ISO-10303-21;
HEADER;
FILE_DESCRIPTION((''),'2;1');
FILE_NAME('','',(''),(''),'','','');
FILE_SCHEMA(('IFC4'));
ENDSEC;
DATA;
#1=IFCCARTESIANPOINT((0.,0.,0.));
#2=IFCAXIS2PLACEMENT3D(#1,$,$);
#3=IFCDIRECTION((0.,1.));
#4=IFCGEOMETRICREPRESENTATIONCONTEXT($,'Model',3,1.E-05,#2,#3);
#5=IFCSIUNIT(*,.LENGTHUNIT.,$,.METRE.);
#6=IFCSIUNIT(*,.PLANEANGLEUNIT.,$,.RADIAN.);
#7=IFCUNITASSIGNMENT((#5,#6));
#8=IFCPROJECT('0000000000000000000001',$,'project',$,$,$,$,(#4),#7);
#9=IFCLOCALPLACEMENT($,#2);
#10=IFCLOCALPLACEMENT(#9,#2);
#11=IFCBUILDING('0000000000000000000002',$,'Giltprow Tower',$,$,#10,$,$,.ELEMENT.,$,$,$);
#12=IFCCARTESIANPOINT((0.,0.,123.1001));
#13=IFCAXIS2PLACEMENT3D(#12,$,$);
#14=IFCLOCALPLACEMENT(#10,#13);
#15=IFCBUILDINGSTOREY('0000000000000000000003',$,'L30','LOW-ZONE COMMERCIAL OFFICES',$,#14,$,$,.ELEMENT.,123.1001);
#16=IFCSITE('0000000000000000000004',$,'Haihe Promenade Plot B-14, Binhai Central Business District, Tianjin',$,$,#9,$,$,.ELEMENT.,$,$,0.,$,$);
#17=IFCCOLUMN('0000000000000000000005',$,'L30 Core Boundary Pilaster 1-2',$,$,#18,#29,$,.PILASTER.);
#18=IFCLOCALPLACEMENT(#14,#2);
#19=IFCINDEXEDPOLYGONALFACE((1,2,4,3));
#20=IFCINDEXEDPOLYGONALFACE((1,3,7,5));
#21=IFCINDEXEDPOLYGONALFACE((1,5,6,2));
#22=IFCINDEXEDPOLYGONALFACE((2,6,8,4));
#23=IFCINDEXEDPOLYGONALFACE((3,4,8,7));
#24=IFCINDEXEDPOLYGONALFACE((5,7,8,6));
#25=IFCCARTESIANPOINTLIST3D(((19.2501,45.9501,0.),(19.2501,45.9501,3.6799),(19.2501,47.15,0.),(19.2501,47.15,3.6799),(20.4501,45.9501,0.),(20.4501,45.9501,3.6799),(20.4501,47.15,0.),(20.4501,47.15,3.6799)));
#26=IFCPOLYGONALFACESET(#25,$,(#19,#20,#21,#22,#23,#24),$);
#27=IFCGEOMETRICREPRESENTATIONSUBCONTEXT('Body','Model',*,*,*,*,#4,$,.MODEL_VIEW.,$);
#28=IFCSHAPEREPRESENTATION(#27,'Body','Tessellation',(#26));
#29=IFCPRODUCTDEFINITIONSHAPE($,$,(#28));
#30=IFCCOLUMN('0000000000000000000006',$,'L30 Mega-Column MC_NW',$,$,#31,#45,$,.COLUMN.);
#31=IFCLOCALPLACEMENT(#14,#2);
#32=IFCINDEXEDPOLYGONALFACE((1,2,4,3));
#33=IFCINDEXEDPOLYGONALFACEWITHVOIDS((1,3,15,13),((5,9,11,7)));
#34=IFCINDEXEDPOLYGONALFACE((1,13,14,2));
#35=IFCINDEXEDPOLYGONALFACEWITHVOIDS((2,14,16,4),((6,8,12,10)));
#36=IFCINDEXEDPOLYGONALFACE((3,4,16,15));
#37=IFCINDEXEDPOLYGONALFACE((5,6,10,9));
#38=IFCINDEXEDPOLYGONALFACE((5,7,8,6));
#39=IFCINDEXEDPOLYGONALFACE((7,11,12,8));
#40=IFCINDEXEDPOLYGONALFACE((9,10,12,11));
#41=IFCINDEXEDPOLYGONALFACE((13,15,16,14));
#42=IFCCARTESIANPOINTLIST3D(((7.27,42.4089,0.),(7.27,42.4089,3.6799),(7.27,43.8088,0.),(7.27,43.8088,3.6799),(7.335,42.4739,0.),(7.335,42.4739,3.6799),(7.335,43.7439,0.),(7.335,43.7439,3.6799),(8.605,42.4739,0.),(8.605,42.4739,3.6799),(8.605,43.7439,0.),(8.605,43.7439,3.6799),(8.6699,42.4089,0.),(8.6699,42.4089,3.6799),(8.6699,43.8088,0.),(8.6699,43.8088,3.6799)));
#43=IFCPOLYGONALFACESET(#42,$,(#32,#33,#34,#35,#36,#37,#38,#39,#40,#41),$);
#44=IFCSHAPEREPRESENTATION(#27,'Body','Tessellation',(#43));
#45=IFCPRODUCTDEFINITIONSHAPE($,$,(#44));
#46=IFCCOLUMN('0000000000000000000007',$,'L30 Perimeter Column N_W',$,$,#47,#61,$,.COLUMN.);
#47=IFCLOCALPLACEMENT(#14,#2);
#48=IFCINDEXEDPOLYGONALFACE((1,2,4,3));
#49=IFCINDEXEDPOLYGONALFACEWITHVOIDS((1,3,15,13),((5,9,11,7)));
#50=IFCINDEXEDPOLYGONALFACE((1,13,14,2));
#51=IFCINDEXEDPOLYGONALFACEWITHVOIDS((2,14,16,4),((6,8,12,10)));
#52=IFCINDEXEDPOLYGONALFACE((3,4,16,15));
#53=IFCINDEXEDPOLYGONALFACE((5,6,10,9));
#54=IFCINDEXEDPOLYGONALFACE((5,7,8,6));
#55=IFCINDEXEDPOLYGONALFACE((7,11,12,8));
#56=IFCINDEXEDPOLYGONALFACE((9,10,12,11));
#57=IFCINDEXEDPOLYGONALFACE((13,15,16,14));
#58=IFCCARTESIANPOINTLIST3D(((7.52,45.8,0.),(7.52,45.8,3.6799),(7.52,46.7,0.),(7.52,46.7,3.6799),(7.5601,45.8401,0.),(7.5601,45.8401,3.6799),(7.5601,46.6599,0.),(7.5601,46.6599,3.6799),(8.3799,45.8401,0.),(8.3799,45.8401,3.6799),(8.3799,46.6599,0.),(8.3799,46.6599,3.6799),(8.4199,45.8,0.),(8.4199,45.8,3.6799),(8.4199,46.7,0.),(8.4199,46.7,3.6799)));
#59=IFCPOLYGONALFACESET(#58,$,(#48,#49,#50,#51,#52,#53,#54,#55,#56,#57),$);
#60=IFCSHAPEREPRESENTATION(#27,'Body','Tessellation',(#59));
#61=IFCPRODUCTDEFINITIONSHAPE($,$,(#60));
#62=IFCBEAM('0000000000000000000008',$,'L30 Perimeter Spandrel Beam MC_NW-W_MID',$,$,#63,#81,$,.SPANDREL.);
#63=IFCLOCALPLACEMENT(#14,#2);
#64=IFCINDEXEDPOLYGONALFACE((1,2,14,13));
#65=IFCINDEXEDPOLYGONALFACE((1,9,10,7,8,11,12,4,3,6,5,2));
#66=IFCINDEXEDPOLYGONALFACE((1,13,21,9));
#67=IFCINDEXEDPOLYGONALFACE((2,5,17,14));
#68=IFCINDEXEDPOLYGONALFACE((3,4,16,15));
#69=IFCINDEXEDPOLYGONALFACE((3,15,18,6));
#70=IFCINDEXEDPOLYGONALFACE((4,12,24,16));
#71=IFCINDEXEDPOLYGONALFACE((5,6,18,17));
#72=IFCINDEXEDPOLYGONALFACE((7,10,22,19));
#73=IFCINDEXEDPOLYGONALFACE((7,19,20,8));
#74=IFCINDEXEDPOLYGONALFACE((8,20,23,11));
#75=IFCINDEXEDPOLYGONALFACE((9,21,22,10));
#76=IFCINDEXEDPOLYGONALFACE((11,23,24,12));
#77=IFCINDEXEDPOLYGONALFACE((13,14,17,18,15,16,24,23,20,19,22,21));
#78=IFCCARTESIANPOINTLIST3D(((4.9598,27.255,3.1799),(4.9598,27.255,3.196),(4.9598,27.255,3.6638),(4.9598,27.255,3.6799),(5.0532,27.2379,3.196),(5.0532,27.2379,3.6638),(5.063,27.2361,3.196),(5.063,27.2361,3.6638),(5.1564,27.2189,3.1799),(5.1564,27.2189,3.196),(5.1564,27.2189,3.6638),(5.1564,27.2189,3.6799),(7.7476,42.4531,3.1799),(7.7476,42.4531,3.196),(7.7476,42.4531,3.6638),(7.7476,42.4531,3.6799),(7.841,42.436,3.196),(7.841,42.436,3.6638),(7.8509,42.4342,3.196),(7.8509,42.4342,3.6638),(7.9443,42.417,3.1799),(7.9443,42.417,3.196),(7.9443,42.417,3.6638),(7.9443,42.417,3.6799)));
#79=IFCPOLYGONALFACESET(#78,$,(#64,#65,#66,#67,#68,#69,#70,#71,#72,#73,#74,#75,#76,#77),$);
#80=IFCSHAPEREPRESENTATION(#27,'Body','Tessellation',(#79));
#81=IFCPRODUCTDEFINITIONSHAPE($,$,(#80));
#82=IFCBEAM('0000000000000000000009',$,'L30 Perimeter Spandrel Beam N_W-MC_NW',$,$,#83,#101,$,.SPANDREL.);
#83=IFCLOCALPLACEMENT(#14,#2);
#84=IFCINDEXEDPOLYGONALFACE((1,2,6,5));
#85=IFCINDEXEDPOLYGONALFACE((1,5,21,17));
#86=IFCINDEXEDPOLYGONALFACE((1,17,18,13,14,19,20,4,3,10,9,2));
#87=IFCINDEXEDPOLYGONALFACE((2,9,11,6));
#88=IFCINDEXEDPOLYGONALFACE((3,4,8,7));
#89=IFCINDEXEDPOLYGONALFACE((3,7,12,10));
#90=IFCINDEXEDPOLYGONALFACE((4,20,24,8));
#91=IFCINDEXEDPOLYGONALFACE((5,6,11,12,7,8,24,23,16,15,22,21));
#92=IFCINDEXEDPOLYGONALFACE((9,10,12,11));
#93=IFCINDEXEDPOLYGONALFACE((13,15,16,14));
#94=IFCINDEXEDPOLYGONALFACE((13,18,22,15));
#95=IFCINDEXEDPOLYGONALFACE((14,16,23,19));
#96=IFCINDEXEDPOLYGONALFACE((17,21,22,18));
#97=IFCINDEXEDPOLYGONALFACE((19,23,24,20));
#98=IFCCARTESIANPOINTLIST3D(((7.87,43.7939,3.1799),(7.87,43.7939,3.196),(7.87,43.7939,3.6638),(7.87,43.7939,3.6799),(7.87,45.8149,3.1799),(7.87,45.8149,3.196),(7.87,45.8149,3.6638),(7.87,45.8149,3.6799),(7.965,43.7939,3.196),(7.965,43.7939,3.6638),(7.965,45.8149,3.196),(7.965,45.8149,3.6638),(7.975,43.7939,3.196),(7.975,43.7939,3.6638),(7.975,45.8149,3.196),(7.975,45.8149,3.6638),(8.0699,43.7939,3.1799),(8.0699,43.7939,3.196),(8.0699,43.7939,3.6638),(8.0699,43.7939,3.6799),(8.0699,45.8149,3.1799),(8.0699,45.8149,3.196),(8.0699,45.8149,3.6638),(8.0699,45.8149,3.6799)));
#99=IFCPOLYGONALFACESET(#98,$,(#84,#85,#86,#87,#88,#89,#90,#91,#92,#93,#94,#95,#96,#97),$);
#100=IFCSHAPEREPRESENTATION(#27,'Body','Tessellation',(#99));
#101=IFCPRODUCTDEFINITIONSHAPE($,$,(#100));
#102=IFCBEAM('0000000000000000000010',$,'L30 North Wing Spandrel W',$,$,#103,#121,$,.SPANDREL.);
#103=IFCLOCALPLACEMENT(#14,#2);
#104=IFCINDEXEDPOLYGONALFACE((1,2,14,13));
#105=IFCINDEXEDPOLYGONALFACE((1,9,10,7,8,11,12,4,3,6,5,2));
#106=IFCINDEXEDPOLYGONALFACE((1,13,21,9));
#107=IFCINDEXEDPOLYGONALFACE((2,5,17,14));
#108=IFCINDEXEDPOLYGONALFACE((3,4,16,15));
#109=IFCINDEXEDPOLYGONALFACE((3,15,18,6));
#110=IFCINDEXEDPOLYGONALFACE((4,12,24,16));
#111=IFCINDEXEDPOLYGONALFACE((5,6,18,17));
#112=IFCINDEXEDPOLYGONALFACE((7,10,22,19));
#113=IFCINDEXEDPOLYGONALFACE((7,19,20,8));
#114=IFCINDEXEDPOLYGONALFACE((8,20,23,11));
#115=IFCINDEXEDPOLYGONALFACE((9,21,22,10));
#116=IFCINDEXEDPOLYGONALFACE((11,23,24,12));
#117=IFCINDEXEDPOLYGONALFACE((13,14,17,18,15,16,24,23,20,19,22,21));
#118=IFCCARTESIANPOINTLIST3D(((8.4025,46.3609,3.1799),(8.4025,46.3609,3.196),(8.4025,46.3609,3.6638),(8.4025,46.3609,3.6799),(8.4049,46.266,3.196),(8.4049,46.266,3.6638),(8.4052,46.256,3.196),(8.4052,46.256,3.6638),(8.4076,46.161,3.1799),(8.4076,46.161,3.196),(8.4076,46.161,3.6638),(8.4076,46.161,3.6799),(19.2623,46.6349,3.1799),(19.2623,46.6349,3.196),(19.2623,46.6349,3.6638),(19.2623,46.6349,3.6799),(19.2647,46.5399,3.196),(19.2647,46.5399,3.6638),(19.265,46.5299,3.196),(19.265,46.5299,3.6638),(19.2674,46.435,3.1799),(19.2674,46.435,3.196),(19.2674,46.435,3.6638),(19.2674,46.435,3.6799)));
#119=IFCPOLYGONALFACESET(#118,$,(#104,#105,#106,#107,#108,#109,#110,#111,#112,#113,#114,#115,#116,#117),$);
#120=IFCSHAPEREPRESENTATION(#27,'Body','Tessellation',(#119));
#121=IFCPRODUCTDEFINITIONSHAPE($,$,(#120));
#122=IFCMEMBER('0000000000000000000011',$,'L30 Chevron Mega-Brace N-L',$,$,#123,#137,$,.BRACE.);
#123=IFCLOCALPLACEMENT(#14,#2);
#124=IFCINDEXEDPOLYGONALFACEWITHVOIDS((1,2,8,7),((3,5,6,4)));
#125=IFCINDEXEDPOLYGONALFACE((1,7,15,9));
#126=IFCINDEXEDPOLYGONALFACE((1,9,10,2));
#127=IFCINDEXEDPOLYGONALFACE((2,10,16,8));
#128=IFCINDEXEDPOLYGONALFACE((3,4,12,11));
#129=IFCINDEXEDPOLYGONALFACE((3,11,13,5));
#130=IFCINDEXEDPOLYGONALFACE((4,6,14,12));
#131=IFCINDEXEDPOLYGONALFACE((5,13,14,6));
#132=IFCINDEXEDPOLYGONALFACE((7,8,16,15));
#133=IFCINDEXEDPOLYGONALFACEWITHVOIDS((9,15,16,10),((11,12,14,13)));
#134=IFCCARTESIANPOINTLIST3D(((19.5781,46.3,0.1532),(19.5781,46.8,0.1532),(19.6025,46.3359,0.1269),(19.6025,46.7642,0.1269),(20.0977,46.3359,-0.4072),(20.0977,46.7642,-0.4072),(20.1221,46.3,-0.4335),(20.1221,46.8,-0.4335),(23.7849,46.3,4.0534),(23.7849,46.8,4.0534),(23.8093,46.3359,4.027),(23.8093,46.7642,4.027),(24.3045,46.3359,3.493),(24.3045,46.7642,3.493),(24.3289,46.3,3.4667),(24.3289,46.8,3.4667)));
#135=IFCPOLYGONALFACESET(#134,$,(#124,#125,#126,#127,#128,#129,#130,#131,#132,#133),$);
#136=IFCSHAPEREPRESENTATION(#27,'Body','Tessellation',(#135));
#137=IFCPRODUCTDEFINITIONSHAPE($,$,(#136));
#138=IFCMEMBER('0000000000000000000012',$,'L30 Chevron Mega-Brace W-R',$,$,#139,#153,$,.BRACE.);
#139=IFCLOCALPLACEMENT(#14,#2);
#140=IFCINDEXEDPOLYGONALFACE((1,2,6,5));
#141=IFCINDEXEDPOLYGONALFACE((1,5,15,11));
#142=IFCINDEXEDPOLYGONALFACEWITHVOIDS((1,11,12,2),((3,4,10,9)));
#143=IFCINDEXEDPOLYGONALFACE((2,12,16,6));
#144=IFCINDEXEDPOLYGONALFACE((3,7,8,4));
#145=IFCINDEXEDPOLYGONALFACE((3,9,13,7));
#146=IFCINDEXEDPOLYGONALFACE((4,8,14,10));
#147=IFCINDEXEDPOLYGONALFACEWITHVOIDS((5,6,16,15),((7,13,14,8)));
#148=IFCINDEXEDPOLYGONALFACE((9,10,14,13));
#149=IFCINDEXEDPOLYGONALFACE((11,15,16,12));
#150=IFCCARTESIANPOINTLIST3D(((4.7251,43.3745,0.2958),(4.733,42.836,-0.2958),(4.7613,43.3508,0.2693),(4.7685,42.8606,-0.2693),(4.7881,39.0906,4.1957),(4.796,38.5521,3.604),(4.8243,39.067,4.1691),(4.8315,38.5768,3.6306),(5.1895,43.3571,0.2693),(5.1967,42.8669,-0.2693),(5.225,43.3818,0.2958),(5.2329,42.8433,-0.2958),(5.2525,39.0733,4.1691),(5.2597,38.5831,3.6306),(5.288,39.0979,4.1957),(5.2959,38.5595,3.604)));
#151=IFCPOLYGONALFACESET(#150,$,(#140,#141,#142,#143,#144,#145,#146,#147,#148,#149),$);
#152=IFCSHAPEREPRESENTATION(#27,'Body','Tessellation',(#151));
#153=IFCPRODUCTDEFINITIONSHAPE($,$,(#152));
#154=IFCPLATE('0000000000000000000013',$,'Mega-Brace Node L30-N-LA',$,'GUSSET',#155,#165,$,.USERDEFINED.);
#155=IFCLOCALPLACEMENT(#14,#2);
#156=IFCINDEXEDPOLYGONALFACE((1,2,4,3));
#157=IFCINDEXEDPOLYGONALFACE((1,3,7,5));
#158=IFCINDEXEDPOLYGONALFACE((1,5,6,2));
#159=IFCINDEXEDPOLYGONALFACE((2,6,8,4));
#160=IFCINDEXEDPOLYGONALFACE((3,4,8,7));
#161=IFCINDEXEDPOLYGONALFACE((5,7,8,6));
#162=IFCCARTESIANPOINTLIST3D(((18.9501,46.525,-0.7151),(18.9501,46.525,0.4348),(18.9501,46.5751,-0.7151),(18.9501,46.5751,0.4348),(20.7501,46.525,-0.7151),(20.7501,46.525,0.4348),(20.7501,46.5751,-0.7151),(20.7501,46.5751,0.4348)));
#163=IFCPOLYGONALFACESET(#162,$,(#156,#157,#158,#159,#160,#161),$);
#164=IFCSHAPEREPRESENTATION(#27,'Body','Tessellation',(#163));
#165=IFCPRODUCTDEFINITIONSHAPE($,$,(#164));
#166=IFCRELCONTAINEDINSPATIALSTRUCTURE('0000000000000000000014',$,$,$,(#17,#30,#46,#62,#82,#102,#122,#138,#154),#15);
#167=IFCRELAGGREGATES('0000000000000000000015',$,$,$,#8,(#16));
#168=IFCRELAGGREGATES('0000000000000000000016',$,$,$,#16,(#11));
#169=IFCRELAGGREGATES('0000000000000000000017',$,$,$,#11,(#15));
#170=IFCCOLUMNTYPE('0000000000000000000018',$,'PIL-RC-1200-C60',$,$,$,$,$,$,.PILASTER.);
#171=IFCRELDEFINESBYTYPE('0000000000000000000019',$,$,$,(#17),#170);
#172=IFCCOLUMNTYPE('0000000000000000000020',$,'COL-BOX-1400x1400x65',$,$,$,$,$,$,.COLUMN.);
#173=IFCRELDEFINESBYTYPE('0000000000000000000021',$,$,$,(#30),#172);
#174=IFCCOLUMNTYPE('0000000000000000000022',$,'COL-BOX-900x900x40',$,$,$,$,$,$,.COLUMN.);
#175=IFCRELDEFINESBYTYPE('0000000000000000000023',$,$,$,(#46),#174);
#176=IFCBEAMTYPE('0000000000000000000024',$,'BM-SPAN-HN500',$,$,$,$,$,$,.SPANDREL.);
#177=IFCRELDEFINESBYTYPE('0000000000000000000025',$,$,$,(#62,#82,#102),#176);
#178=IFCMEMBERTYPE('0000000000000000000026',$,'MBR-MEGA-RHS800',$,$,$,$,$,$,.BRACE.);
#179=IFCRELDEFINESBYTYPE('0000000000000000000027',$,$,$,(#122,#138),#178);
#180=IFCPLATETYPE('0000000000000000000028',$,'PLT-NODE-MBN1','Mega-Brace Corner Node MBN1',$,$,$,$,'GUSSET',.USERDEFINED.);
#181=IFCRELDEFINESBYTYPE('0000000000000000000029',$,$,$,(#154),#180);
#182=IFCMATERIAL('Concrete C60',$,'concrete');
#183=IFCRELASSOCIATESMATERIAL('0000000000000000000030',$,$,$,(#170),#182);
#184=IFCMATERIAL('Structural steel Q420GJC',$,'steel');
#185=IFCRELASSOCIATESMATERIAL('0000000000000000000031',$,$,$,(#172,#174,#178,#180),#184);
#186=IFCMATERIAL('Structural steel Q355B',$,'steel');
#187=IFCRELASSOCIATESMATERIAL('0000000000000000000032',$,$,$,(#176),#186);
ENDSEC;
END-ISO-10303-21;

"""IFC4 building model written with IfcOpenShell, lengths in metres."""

from ifc_helpers import new_model, si_unit, direction, frame, origin, origin_2d, place, context, subcontext, project, spatial, rectangle, hollow_rectangle, i_section, extrude, source, transform, mapped, material, material_profile, profile_set, type_object, element, save


model = new_model("IFC4")

# Units and contexts
model_context = context("Model", 3, precision=1e-05, world=origin(), true_north=direction((0.0, 1.0)))
body_context = subcontext(model_context, "Body", "Model", "MODEL_VIEW")
ifc_project = project(units=[si_unit("LENGTHUNIT", "METRE"), si_unit("PLANEANGLEUNIT", "RADIAN")], contexts=[model_context])

# Site, building, storey
site_placement = place(None, origin())
site = spatial("IfcSite", under=ifc_project, at=site_placement, Name="Haihe Promenade Plot B-14, Binhai Central Business District, Tianjin", CompositionType="ELEMENT", RefElevation=0.0)
building_placement = place(site_placement, origin())
building = spatial("IfcBuilding", under=site, at=building_placement, Name="Giltprow Tower", CompositionType="ELEMENT")
storey_placement = place(building_placement, frame((0.0, 0.0, 123.1001)))
storey = spatial("IfcBuildingStorey", under=building, at=storey_placement, Name="L30", Description="LOW-ZONE COMMERCIAL OFFICES", CompositionType="ELEMENT", Elevation=123.1001)

# Columns
ifc_material_1 = material(Name="Concrete C60", Category="concrete")
ifc_material_profile_1 = material_profile(ifc_material_1, rectangle(XDim=1.2, YDim=1.2, at=origin_2d()), Name="RC 1200x1200")
ifc_profile_set_1 = profile_set([ifc_material_profile_1], Name="Concrete C60")
column_type_1 = type_object("IfcColumnType", Name="PIL-RC-1200-C60", PredefinedType="PILASTER", material=ifc_profile_set_1)
shared_shape_1 = source(origin(), body_context, "Body", "SweptSolid", [
    extrude(rectangle(XDim=1.2, YDim=1.2, at=origin_2d()), origin(), (0.0, 0.0, 1.0), 3.6799),
])
column_1_placement = place(storey_placement, frame((19.8501, 46.55, 0.0), z_axis=(0.0, 0.0, 1.0), x_axis=(1.0, 0.0, 0.0)))
element("IfcColumn", 1, at=column_1_placement, inside=storey, type_object=column_type_1, Name="L30 Core Boundary Pilaster 1-2", PredefinedType="PILASTER", context=body_context, shape_type="MappedRepresentation", body=[
    mapped(shared_shape_1, transform((0.0, 0.0, 0.0), x_axis=(1.0, 0.0, 0.0), y_axis=(0.0, 1.0, 0.0), z_axis=(0.0, 0.0, 1.0), scale=1.0)),
])
ifc_material_2 = material(Name="Structural steel Q420GJC", Category="steel")
ifc_material_profile_2 = material_profile(ifc_material_2, hollow_rectangle(XDim=1.3999, YDim=1.3999, WallThickness=0.0649, at=origin_2d()), Name="BOX 1400x1400x65")
ifc_profile_set_2 = profile_set([ifc_material_profile_2], Name="Structural steel Q420GJC")
column_type_2 = type_object("IfcColumnType", Name="COL-BOX-1400x1400x65", PredefinedType="COLUMN", material=ifc_profile_set_2)
shared_shape_2 = source(origin(), body_context, "Body", "SweptSolid", [
    extrude(hollow_rectangle(XDim=1.3999, YDim=1.3999, WallThickness=0.0649, at=origin_2d()), origin(), (0.0, 0.0, 1.0), 3.6799),
])
column_2_placement = place(storey_placement, frame((7.97, 43.1089, 0.0), z_axis=(0.0, 0.0, 1.0), x_axis=(1.0, 0.0, 0.0)))
element("IfcColumn", 2, at=column_2_placement, inside=storey, type_object=column_type_2, Name="L30 Mega-Column MC_NW", PredefinedType="COLUMN", context=body_context, shape_type="MappedRepresentation", body=[
    mapped(shared_shape_2, transform((0.0, 0.0, 0.0), x_axis=(1.0, 0.0, 0.0), y_axis=(0.0, 1.0, 0.0), z_axis=(0.0, 0.0, 1.0), scale=1.0)),
])
ifc_material_profile_3 = material_profile(ifc_material_2, hollow_rectangle(XDim=0.8999, YDim=0.8999, WallThickness=0.04, at=origin_2d()), Name="BOX 900x900x40")
ifc_profile_set_3 = profile_set([ifc_material_profile_3], Name="Structural steel Q420GJC")
column_type_3 = type_object("IfcColumnType", Name="COL-BOX-900x900x40", PredefinedType="COLUMN", material=ifc_profile_set_3)
shared_shape_3 = source(origin(), body_context, "Body", "SweptSolid", [
    extrude(hollow_rectangle(XDim=0.8999, YDim=0.8999, WallThickness=0.04, at=origin_2d()), origin(), (0.0, 0.0, 1.0), 3.6799),
])
column_3_placement = place(storey_placement, frame((7.97, 46.25, 0.0), z_axis=(0.0, 0.0, 1.0), x_axis=(1.0, 0.0, 0.0)))
element("IfcColumn", 3, at=column_3_placement, inside=storey, type_object=column_type_3, Name="L30 Perimeter Column N_W", PredefinedType="COLUMN", context=body_context, shape_type="MappedRepresentation", body=[
    mapped(shared_shape_3, transform((0.0, 0.0, 0.0), x_axis=(1.0, 0.0, 0.0), y_axis=(0.0, 1.0, 0.0), z_axis=(0.0, 0.0, 1.0), scale=1.0)),
])

# Beams
ifc_material_3 = material(Name="Structural steel Q355B", Category="steel")
ifc_material_profile_4 = material_profile(ifc_material_3, i_section(OverallWidth=0.2, OverallDepth=0.5, WebThickness=0.01, FlangeThickness=0.0161, at=origin_2d()), Name="HN 500x200x10x16")
ifc_profile_set_4 = profile_set([ifc_material_profile_4], Name="Structural steel Q355B")
beam_type = type_object("IfcBeamType", Name="BM-SPAN-HN500", PredefinedType="SPANDREL", material=ifc_profile_set_4)
shared_shape_4 = source(origin(), body_context, "Body", "SweptSolid", [
    extrude(i_section(OverallWidth=0.2, OverallDepth=0.5, WebThickness=0.01, FlangeThickness=0.0161, at=origin_2d()), origin(), (0.0, 0.0, 1.0), 15.4517),
])
beam_1_placement = place(storey_placement, frame((7.8459, 42.4351, 3.4299), z_axis=(-0.180424, -0.983589, 0.0), x_axis=(0.983589, -0.180424, 0.0)))
element("IfcBeam", 4, at=beam_1_placement, inside=storey, type_object=beam_type, Name="L30 Perimeter Spandrel Beam MC_NW-W_MID", PredefinedType="SPANDREL", context=body_context, shape_type="MappedRepresentation", body=[
    mapped(shared_shape_4, transform((0.0, 0.0, 0.0), x_axis=(1.0, 0.0, 0.0), y_axis=(0.0, 1.0, 0.0), z_axis=(0.0, 0.0, 1.0), scale=1.0)),
])
shared_shape_5 = source(origin(), body_context, "Body", "SweptSolid", [
    extrude(i_section(OverallWidth=0.2, OverallDepth=0.5, WebThickness=0.01, FlangeThickness=0.0161, at=origin_2d()), origin(), (0.0, 0.0, 1.0), 2.021),
])
beam_2_placement = place(storey_placement, frame((7.97, 45.8149, 3.4299), z_axis=(0.0, -1.0, 0.0), x_axis=(1.0, 0.0, 0.0)))
element("IfcBeam", 5, at=beam_2_placement, inside=storey, type_object=beam_type, Name="L30 Perimeter Spandrel Beam N_W-MC_NW", PredefinedType="SPANDREL", context=body_context, shape_type="MappedRepresentation", body=[
    mapped(shared_shape_5, transform((0.0, 0.0, 0.0), x_axis=(1.0, 0.0, 0.0), y_axis=(0.0, 1.0, 0.0), z_axis=(0.0, 0.0, 1.0), scale=1.0)),
])
shared_shape_6 = source(origin(), body_context, "Body", "SweptSolid", [
    extrude(i_section(OverallWidth=0.2, OverallDepth=0.5, WebThickness=0.01, FlangeThickness=0.0161, at=origin_2d()), origin(), (0.0, 0.0, 1.0), 10.8633),
])
beam_3_placement = place(storey_placement, frame((8.405, 46.261, 3.4299), z_axis=(0.999682, 0.025216, 0.0), x_axis=(-0.025216, 0.999682, 0.0)))
element("IfcBeam", 6, at=beam_3_placement, inside=storey, type_object=beam_type, Name="L30 North Wing Spandrel W", PredefinedType="SPANDREL", context=body_context, shape_type="MappedRepresentation", body=[
    mapped(shared_shape_6, transform((0.0, 0.0, 0.0), x_axis=(1.0, 0.0, 0.0), y_axis=(0.0, 1.0, 0.0), z_axis=(0.0, 0.0, 1.0), scale=1.0)),
])

# Members
ifc_material_profile_5 = material_profile(ifc_material_2, hollow_rectangle(XDim=0.5, YDim=0.8, WallThickness=0.0359, at=origin_2d()), Name="RHS 800x500x36")
ifc_profile_set_5 = profile_set([ifc_material_profile_5], Name="Structural steel Q420GJC")
member_type = type_object("IfcMemberType", Name="MBR-MEGA-RHS800", PredefinedType="BRACE", material=ifc_profile_set_5)
shared_shape_7 = source(origin(), body_context, "Body", "SweptSolid", [
    extrude(hollow_rectangle(XDim=0.5, YDim=0.8, WallThickness=0.0359, at=origin_2d()), origin(), (0.0, 0.0, 1.0), 5.7366),
])
member_1_placement = place(storey_placement, frame((19.8501, 46.55, -0.1401), z_axis=(0.733328, 0.0, 0.679875), x_axis=(0.0, 1.0, 0.0)))
element("IfcMember", 7, at=member_1_placement, inside=storey, type_object=member_type, Name="L30 Chevron Mega-Brace N-L", PredefinedType="BRACE", context=body_context, shape_type="MappedRepresentation", body=[
    mapped(shared_shape_7, transform((0.0, 0.0, 0.0), x_axis=(1.0, 0.0, 0.0), y_axis=(0.0, 1.0, 0.0), z_axis=(0.0, 0.0, 1.0), scale=1.0)),
])
shared_shape_8 = source(origin(), body_context, "Body", "SweptSolid", [
    extrude(hollow_rectangle(XDim=0.5, YDim=0.8, WallThickness=0.0359, at=origin_2d()), origin(), (0.0, 0.0, 1.0), 5.7935),
])
member_2_placement = place(storey_placement, frame((4.979, 43.1089, 0.0), z_axis=(0.010872, -0.739431, 0.673145), x_axis=(0.999892, 0.014702, 0.0)))
element("IfcMember", 8, at=member_2_placement, inside=storey, type_object=member_type, Name="L30 Chevron Mega-Brace W-R", PredefinedType="BRACE", context=body_context, shape_type="MappedRepresentation", body=[
    mapped(shared_shape_8, transform((0.0, 0.0, 0.0), x_axis=(1.0, 0.0, 0.0), y_axis=(0.0, 1.0, 0.0), z_axis=(0.0, 0.0, 1.0), scale=1.0)),
])

# Plate
plate_type = type_object("IfcPlateType", Name="PLT-NODE-MBN1", Description="Mega-Brace Corner Node MBN1", ElementType="GUSSET", PredefinedType="USERDEFINED", material=ifc_material_2)
shared_shape_9 = source(origin(), body_context, "Body", "SweptSolid", [
    extrude(rectangle(XDim=1.8, YDim=0.05, at=origin_2d()), origin(), (0.0, 0.0, 1.0), 1.1499),
])
for number, where, z_axis, x_axis, name in (
    (9, (19.8501, 46.55, -0.7151), (0.0, 0.0, 1.0), (1.0, 0.0, 0.0), "Mega-Brace Node L30-N-LA"),
):
    element("IfcPlate", number, at=place(storey_placement, frame(where, z_axis=z_axis, x_axis=x_axis)), inside=storey, type_object=plate_type, Name=name, ObjectType="GUSSET", PredefinedType="USERDEFINED", context=body_context, shape_type="MappedRepresentation", body=[
        mapped(shared_shape_9, transform((0.0, 0.0, 0.0), x_axis=(1.0, 0.0, 0.0), y_axis=(0.0, 1.0, 0.0), z_axis=(0.0, 0.0, 1.0), scale=1.0)),
    ])

save(model, "model.ifc")
